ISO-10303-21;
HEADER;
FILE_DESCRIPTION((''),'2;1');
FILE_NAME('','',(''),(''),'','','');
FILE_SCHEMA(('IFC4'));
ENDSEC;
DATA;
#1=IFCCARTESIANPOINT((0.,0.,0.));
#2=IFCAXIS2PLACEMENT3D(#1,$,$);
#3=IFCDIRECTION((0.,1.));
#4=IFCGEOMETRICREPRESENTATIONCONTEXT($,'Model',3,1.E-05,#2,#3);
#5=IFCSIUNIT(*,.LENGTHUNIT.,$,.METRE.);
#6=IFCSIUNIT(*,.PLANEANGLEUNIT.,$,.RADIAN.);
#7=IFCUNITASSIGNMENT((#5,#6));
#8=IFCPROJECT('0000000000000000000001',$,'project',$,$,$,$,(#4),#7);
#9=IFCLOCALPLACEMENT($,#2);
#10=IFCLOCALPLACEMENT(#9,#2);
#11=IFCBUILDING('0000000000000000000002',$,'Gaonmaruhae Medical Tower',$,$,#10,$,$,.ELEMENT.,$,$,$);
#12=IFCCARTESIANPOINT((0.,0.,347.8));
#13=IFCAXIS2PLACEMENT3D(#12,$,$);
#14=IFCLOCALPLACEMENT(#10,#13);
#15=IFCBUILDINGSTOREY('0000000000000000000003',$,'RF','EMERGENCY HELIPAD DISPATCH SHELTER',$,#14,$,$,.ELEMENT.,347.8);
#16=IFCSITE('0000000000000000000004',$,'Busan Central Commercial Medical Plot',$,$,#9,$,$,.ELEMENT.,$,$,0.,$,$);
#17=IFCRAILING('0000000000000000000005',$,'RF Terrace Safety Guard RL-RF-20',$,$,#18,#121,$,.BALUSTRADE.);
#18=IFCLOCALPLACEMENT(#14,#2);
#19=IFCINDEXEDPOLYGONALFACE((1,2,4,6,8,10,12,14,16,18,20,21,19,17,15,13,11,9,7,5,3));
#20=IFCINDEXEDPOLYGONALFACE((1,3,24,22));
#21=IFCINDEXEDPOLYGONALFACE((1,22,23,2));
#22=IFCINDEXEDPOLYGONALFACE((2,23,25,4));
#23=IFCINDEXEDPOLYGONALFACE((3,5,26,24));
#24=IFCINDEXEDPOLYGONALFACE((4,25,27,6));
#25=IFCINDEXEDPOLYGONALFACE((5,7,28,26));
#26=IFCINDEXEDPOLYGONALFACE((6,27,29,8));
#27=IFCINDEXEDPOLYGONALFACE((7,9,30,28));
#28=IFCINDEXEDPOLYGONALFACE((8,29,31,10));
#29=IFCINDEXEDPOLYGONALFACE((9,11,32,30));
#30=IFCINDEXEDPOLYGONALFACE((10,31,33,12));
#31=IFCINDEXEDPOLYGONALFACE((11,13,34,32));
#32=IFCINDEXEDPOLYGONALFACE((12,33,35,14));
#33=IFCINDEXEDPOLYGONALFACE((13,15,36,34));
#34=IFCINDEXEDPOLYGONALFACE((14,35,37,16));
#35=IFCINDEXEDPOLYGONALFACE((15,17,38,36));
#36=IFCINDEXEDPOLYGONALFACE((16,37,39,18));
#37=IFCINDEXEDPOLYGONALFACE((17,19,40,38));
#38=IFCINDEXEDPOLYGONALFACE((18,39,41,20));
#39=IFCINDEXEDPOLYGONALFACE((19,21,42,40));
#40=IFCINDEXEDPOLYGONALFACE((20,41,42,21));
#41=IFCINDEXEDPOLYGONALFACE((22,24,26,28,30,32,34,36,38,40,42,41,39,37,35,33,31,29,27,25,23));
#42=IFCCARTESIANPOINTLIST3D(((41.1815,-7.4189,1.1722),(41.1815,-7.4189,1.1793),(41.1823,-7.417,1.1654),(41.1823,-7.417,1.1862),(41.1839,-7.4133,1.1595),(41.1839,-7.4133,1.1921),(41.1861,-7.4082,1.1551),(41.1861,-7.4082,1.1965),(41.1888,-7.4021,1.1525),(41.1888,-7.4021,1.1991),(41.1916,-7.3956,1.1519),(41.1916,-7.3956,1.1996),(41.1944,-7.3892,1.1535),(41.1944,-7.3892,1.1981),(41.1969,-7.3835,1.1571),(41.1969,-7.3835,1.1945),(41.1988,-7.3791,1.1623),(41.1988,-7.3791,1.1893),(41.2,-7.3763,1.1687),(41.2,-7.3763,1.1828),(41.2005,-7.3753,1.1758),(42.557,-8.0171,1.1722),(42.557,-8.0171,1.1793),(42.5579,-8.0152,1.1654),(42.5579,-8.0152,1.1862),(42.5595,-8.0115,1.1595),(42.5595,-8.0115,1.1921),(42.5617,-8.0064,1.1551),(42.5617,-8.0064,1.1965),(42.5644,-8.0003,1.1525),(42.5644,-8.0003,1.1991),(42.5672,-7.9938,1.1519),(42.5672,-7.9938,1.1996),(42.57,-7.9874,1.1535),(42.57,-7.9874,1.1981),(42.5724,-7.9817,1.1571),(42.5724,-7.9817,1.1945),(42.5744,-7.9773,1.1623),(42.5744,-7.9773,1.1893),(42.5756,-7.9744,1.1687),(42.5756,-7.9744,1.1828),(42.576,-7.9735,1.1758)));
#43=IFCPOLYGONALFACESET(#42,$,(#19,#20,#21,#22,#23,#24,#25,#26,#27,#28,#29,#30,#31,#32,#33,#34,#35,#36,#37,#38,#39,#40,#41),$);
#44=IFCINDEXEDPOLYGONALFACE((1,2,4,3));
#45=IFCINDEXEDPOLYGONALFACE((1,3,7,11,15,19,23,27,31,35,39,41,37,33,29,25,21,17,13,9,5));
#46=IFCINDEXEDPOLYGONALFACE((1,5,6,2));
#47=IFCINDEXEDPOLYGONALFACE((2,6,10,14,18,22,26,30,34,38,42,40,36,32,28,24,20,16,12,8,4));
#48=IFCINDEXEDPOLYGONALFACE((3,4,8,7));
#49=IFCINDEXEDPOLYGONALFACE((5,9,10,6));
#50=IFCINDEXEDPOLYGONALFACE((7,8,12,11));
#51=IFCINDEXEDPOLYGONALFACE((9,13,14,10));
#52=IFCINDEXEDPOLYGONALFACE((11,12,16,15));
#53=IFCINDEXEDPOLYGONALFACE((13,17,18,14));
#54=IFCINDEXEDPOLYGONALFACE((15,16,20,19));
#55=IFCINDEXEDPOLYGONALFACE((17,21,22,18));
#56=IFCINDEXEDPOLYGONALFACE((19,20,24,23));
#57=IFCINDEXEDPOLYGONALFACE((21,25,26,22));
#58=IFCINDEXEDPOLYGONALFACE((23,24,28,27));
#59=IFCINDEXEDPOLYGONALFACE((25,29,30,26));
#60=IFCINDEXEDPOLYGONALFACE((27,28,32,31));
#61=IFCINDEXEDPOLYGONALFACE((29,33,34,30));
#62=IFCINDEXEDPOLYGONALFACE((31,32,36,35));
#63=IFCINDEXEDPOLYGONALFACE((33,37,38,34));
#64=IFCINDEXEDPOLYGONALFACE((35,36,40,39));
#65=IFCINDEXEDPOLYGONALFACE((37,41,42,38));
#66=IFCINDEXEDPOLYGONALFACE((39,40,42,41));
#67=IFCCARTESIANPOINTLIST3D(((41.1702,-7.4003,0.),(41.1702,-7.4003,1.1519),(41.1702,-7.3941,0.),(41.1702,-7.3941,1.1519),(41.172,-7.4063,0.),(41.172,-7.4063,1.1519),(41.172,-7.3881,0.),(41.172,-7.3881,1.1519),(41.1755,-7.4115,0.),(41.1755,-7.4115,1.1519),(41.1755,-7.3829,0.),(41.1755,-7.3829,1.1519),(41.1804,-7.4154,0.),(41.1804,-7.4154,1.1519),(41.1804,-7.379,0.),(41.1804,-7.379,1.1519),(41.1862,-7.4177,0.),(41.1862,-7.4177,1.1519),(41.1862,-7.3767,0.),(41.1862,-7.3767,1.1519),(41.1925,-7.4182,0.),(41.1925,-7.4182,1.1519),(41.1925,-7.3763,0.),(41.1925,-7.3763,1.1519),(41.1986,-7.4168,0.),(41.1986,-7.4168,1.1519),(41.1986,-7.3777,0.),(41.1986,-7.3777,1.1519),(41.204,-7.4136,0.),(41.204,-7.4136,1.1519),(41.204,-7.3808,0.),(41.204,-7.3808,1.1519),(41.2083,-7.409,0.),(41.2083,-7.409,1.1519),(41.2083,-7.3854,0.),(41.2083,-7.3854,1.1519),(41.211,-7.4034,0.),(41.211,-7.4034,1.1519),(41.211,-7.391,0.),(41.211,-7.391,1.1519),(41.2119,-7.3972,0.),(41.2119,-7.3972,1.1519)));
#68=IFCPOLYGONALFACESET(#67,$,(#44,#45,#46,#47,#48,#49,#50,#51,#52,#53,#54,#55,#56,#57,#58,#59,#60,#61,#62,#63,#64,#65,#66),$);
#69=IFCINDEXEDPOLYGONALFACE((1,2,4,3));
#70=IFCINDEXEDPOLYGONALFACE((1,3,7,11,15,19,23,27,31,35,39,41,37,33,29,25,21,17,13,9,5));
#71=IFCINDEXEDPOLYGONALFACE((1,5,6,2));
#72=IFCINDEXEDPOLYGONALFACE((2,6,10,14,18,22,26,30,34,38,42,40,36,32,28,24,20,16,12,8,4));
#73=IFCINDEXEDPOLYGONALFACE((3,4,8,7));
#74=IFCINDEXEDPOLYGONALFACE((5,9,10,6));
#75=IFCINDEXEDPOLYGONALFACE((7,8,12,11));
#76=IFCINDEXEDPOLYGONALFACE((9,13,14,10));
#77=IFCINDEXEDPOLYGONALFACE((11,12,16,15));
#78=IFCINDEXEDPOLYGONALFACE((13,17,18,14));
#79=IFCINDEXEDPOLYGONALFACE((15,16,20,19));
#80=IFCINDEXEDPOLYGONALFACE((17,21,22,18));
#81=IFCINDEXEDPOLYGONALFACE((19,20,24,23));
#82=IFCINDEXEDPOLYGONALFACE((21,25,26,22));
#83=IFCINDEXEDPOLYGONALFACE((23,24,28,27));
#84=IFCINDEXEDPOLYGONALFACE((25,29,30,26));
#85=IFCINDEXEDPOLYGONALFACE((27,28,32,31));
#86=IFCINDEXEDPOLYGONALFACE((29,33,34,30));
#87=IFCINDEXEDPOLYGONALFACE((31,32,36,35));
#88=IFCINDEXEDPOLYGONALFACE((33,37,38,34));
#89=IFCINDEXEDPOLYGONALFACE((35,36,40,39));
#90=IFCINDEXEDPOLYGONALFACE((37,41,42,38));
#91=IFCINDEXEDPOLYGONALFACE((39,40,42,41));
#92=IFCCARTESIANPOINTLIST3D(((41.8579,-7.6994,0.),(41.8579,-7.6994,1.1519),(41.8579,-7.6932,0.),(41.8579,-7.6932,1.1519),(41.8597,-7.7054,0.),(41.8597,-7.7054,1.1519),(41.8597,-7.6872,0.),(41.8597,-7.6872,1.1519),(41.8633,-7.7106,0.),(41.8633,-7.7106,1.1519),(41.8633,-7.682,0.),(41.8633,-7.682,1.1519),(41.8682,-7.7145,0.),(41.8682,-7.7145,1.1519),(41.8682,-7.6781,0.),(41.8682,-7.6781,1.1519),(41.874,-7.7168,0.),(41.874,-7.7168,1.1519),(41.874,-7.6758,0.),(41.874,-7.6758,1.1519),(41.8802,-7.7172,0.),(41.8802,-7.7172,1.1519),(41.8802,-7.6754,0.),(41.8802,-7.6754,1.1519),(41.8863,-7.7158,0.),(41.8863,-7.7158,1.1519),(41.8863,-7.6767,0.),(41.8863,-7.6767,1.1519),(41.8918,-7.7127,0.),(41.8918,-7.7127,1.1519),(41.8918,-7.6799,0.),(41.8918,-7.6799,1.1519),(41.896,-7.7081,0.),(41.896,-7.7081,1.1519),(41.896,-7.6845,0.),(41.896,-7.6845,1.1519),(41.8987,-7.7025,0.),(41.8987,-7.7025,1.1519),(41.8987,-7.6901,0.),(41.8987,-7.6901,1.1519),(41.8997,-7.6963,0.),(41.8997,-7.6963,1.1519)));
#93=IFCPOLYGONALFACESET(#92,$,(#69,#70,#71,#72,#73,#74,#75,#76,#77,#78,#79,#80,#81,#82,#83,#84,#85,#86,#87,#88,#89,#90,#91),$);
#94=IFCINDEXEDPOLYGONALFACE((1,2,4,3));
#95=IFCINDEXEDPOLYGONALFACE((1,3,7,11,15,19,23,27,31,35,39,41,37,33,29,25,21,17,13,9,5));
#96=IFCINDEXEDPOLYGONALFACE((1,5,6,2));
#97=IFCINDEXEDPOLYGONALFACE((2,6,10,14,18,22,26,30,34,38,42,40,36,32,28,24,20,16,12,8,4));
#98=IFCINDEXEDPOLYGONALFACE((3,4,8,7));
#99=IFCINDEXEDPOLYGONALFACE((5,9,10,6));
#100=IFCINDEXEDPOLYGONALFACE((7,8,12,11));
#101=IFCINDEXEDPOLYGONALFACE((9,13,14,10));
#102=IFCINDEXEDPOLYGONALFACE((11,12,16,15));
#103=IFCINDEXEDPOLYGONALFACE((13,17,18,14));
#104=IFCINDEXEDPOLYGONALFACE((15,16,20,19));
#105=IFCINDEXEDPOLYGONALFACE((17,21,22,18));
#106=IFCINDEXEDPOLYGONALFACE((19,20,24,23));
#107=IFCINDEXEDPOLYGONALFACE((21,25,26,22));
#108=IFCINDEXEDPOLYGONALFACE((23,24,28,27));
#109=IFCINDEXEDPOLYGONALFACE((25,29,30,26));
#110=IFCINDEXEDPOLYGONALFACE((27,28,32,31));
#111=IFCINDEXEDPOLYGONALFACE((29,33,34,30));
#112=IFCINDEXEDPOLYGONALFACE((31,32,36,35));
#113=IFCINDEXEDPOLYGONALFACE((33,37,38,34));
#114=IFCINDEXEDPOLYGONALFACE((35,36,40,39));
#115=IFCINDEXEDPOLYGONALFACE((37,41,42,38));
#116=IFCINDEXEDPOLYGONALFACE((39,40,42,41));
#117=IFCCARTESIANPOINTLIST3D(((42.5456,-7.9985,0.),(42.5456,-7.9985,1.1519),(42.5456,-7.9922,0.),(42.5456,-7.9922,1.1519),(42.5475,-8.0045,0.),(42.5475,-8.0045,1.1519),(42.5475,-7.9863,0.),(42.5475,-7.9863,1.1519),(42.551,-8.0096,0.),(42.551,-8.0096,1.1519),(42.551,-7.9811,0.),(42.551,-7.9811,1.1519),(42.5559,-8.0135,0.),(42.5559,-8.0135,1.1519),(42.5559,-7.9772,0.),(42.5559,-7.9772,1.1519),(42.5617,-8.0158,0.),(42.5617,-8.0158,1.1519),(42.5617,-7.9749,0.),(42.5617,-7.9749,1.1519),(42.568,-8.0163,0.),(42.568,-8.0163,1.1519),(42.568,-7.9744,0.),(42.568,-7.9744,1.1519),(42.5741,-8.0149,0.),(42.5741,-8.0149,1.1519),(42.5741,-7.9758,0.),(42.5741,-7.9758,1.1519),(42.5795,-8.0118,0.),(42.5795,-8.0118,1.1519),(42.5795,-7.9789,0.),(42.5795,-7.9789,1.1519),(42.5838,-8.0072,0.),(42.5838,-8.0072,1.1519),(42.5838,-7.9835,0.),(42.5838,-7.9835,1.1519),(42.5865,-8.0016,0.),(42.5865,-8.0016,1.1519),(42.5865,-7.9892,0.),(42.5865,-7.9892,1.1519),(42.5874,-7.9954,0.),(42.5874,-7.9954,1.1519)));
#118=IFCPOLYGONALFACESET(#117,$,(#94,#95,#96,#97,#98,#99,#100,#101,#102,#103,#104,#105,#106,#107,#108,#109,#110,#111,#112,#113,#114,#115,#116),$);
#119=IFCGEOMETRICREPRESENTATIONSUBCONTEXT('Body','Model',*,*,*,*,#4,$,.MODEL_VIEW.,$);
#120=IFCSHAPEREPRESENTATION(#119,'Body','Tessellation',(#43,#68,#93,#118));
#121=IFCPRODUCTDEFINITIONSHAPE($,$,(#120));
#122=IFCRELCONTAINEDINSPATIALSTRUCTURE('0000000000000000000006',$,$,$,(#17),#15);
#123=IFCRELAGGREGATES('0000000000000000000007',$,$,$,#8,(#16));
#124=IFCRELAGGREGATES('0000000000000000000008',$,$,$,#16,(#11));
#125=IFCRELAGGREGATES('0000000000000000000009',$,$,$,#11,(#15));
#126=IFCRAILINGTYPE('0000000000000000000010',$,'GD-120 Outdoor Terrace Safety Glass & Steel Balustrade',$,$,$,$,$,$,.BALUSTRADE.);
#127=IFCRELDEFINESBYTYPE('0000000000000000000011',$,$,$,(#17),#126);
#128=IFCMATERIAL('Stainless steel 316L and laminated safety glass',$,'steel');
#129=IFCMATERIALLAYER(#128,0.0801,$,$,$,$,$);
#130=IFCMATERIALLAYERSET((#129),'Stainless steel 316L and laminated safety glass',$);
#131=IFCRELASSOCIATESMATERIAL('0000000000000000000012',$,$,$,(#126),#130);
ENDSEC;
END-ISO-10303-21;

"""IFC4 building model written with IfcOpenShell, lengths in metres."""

from ifc_helpers import new_model, si_unit, direction, frame, origin, origin_2d, place, context, subcontext, project, spatial, circle, extrude, material, layer, layer_set, type_object, element, save


model = new_model("IFC4")

# Units and contexts
model_context = context("Model", 3, precision=1e-05, world=origin(), true_north=direction((0.0, 1.0)))
body_context = subcontext(model_context, "Body", "Model", "MODEL_VIEW")
ifc_project = project(units=[si_unit("LENGTHUNIT", "METRE"), si_unit("PLANEANGLEUNIT", "RADIAN")], contexts=[model_context])

# Site, building, storey
site_placement = place(None, origin())
site = spatial("IfcSite", under=ifc_project, at=site_placement, Name="Busan Central Commercial Medical Plot", CompositionType="ELEMENT", RefElevation=0.0)
building_placement = place(site_placement, origin())
building = spatial("IfcBuilding", under=site, at=building_placement, Name="Gaonmaruhae Medical Tower", CompositionType="ELEMENT")
storey_placement = place(building_placement, frame((0.0, 0.0, 347.8)))
storey = spatial("IfcBuildingStorey", under=building, at=storey_placement, Name="RF", Description="EMERGENCY HELIPAD DISPATCH SHELTER", CompositionType="ELEMENT", Elevation=347.8)

# Railing
ifc_material_1 = material(Name="Stainless steel 316L and laminated safety glass", Category="steel")
ifc_layer_1 = layer(ifc_material_1, 0.0801)
ifc_layer_set_1 = layer_set([ifc_layer_1], Name="Stainless steel 316L and laminated safety glass")
railing_type = type_object("IfcRailingType", Name="GD-120 Outdoor Terrace Safety Glass & Steel Balustrade", PredefinedType="BALUSTRADE", material=ifc_layer_set_1)
railing_1_placement = place(storey_placement, frame((41.1909, -7.3972, 0.0)))
element("IfcRailing", 1, at=railing_1_placement, inside=storey, type_object=railing_type, Name="RF Terrace Safety Guard RL-RF-20", PredefinedType="BALUSTRADE", context=body_context, shape_type="SweptSolid", body=[
    extrude(circle(Radius=0.0239, at=origin_2d()), frame((0.0, 0.0, 1.1758), z_axis=(0.917044, -0.398786, 0.0), x_axis=(0.398786, 0.917044, 0.0)), (0.0, 0.0, 1.0), 1.5),
    extrude(circle(Radius=0.021, at=origin_2d()), origin(), (0.0, 0.0, 1.0), 1.1519),
    extrude(circle(Radius=0.021, at=origin_2d()), frame((0.6877, -0.2991, 0.0)), (0.0, 0.0, 1.0), 1.1519),
    extrude(circle(Radius=0.021, at=origin_2d()), frame((1.3755, -0.5981, 0.0)), (0.0, 0.0, 1.0), 1.1519),
])

save(model, "model.ifc")
